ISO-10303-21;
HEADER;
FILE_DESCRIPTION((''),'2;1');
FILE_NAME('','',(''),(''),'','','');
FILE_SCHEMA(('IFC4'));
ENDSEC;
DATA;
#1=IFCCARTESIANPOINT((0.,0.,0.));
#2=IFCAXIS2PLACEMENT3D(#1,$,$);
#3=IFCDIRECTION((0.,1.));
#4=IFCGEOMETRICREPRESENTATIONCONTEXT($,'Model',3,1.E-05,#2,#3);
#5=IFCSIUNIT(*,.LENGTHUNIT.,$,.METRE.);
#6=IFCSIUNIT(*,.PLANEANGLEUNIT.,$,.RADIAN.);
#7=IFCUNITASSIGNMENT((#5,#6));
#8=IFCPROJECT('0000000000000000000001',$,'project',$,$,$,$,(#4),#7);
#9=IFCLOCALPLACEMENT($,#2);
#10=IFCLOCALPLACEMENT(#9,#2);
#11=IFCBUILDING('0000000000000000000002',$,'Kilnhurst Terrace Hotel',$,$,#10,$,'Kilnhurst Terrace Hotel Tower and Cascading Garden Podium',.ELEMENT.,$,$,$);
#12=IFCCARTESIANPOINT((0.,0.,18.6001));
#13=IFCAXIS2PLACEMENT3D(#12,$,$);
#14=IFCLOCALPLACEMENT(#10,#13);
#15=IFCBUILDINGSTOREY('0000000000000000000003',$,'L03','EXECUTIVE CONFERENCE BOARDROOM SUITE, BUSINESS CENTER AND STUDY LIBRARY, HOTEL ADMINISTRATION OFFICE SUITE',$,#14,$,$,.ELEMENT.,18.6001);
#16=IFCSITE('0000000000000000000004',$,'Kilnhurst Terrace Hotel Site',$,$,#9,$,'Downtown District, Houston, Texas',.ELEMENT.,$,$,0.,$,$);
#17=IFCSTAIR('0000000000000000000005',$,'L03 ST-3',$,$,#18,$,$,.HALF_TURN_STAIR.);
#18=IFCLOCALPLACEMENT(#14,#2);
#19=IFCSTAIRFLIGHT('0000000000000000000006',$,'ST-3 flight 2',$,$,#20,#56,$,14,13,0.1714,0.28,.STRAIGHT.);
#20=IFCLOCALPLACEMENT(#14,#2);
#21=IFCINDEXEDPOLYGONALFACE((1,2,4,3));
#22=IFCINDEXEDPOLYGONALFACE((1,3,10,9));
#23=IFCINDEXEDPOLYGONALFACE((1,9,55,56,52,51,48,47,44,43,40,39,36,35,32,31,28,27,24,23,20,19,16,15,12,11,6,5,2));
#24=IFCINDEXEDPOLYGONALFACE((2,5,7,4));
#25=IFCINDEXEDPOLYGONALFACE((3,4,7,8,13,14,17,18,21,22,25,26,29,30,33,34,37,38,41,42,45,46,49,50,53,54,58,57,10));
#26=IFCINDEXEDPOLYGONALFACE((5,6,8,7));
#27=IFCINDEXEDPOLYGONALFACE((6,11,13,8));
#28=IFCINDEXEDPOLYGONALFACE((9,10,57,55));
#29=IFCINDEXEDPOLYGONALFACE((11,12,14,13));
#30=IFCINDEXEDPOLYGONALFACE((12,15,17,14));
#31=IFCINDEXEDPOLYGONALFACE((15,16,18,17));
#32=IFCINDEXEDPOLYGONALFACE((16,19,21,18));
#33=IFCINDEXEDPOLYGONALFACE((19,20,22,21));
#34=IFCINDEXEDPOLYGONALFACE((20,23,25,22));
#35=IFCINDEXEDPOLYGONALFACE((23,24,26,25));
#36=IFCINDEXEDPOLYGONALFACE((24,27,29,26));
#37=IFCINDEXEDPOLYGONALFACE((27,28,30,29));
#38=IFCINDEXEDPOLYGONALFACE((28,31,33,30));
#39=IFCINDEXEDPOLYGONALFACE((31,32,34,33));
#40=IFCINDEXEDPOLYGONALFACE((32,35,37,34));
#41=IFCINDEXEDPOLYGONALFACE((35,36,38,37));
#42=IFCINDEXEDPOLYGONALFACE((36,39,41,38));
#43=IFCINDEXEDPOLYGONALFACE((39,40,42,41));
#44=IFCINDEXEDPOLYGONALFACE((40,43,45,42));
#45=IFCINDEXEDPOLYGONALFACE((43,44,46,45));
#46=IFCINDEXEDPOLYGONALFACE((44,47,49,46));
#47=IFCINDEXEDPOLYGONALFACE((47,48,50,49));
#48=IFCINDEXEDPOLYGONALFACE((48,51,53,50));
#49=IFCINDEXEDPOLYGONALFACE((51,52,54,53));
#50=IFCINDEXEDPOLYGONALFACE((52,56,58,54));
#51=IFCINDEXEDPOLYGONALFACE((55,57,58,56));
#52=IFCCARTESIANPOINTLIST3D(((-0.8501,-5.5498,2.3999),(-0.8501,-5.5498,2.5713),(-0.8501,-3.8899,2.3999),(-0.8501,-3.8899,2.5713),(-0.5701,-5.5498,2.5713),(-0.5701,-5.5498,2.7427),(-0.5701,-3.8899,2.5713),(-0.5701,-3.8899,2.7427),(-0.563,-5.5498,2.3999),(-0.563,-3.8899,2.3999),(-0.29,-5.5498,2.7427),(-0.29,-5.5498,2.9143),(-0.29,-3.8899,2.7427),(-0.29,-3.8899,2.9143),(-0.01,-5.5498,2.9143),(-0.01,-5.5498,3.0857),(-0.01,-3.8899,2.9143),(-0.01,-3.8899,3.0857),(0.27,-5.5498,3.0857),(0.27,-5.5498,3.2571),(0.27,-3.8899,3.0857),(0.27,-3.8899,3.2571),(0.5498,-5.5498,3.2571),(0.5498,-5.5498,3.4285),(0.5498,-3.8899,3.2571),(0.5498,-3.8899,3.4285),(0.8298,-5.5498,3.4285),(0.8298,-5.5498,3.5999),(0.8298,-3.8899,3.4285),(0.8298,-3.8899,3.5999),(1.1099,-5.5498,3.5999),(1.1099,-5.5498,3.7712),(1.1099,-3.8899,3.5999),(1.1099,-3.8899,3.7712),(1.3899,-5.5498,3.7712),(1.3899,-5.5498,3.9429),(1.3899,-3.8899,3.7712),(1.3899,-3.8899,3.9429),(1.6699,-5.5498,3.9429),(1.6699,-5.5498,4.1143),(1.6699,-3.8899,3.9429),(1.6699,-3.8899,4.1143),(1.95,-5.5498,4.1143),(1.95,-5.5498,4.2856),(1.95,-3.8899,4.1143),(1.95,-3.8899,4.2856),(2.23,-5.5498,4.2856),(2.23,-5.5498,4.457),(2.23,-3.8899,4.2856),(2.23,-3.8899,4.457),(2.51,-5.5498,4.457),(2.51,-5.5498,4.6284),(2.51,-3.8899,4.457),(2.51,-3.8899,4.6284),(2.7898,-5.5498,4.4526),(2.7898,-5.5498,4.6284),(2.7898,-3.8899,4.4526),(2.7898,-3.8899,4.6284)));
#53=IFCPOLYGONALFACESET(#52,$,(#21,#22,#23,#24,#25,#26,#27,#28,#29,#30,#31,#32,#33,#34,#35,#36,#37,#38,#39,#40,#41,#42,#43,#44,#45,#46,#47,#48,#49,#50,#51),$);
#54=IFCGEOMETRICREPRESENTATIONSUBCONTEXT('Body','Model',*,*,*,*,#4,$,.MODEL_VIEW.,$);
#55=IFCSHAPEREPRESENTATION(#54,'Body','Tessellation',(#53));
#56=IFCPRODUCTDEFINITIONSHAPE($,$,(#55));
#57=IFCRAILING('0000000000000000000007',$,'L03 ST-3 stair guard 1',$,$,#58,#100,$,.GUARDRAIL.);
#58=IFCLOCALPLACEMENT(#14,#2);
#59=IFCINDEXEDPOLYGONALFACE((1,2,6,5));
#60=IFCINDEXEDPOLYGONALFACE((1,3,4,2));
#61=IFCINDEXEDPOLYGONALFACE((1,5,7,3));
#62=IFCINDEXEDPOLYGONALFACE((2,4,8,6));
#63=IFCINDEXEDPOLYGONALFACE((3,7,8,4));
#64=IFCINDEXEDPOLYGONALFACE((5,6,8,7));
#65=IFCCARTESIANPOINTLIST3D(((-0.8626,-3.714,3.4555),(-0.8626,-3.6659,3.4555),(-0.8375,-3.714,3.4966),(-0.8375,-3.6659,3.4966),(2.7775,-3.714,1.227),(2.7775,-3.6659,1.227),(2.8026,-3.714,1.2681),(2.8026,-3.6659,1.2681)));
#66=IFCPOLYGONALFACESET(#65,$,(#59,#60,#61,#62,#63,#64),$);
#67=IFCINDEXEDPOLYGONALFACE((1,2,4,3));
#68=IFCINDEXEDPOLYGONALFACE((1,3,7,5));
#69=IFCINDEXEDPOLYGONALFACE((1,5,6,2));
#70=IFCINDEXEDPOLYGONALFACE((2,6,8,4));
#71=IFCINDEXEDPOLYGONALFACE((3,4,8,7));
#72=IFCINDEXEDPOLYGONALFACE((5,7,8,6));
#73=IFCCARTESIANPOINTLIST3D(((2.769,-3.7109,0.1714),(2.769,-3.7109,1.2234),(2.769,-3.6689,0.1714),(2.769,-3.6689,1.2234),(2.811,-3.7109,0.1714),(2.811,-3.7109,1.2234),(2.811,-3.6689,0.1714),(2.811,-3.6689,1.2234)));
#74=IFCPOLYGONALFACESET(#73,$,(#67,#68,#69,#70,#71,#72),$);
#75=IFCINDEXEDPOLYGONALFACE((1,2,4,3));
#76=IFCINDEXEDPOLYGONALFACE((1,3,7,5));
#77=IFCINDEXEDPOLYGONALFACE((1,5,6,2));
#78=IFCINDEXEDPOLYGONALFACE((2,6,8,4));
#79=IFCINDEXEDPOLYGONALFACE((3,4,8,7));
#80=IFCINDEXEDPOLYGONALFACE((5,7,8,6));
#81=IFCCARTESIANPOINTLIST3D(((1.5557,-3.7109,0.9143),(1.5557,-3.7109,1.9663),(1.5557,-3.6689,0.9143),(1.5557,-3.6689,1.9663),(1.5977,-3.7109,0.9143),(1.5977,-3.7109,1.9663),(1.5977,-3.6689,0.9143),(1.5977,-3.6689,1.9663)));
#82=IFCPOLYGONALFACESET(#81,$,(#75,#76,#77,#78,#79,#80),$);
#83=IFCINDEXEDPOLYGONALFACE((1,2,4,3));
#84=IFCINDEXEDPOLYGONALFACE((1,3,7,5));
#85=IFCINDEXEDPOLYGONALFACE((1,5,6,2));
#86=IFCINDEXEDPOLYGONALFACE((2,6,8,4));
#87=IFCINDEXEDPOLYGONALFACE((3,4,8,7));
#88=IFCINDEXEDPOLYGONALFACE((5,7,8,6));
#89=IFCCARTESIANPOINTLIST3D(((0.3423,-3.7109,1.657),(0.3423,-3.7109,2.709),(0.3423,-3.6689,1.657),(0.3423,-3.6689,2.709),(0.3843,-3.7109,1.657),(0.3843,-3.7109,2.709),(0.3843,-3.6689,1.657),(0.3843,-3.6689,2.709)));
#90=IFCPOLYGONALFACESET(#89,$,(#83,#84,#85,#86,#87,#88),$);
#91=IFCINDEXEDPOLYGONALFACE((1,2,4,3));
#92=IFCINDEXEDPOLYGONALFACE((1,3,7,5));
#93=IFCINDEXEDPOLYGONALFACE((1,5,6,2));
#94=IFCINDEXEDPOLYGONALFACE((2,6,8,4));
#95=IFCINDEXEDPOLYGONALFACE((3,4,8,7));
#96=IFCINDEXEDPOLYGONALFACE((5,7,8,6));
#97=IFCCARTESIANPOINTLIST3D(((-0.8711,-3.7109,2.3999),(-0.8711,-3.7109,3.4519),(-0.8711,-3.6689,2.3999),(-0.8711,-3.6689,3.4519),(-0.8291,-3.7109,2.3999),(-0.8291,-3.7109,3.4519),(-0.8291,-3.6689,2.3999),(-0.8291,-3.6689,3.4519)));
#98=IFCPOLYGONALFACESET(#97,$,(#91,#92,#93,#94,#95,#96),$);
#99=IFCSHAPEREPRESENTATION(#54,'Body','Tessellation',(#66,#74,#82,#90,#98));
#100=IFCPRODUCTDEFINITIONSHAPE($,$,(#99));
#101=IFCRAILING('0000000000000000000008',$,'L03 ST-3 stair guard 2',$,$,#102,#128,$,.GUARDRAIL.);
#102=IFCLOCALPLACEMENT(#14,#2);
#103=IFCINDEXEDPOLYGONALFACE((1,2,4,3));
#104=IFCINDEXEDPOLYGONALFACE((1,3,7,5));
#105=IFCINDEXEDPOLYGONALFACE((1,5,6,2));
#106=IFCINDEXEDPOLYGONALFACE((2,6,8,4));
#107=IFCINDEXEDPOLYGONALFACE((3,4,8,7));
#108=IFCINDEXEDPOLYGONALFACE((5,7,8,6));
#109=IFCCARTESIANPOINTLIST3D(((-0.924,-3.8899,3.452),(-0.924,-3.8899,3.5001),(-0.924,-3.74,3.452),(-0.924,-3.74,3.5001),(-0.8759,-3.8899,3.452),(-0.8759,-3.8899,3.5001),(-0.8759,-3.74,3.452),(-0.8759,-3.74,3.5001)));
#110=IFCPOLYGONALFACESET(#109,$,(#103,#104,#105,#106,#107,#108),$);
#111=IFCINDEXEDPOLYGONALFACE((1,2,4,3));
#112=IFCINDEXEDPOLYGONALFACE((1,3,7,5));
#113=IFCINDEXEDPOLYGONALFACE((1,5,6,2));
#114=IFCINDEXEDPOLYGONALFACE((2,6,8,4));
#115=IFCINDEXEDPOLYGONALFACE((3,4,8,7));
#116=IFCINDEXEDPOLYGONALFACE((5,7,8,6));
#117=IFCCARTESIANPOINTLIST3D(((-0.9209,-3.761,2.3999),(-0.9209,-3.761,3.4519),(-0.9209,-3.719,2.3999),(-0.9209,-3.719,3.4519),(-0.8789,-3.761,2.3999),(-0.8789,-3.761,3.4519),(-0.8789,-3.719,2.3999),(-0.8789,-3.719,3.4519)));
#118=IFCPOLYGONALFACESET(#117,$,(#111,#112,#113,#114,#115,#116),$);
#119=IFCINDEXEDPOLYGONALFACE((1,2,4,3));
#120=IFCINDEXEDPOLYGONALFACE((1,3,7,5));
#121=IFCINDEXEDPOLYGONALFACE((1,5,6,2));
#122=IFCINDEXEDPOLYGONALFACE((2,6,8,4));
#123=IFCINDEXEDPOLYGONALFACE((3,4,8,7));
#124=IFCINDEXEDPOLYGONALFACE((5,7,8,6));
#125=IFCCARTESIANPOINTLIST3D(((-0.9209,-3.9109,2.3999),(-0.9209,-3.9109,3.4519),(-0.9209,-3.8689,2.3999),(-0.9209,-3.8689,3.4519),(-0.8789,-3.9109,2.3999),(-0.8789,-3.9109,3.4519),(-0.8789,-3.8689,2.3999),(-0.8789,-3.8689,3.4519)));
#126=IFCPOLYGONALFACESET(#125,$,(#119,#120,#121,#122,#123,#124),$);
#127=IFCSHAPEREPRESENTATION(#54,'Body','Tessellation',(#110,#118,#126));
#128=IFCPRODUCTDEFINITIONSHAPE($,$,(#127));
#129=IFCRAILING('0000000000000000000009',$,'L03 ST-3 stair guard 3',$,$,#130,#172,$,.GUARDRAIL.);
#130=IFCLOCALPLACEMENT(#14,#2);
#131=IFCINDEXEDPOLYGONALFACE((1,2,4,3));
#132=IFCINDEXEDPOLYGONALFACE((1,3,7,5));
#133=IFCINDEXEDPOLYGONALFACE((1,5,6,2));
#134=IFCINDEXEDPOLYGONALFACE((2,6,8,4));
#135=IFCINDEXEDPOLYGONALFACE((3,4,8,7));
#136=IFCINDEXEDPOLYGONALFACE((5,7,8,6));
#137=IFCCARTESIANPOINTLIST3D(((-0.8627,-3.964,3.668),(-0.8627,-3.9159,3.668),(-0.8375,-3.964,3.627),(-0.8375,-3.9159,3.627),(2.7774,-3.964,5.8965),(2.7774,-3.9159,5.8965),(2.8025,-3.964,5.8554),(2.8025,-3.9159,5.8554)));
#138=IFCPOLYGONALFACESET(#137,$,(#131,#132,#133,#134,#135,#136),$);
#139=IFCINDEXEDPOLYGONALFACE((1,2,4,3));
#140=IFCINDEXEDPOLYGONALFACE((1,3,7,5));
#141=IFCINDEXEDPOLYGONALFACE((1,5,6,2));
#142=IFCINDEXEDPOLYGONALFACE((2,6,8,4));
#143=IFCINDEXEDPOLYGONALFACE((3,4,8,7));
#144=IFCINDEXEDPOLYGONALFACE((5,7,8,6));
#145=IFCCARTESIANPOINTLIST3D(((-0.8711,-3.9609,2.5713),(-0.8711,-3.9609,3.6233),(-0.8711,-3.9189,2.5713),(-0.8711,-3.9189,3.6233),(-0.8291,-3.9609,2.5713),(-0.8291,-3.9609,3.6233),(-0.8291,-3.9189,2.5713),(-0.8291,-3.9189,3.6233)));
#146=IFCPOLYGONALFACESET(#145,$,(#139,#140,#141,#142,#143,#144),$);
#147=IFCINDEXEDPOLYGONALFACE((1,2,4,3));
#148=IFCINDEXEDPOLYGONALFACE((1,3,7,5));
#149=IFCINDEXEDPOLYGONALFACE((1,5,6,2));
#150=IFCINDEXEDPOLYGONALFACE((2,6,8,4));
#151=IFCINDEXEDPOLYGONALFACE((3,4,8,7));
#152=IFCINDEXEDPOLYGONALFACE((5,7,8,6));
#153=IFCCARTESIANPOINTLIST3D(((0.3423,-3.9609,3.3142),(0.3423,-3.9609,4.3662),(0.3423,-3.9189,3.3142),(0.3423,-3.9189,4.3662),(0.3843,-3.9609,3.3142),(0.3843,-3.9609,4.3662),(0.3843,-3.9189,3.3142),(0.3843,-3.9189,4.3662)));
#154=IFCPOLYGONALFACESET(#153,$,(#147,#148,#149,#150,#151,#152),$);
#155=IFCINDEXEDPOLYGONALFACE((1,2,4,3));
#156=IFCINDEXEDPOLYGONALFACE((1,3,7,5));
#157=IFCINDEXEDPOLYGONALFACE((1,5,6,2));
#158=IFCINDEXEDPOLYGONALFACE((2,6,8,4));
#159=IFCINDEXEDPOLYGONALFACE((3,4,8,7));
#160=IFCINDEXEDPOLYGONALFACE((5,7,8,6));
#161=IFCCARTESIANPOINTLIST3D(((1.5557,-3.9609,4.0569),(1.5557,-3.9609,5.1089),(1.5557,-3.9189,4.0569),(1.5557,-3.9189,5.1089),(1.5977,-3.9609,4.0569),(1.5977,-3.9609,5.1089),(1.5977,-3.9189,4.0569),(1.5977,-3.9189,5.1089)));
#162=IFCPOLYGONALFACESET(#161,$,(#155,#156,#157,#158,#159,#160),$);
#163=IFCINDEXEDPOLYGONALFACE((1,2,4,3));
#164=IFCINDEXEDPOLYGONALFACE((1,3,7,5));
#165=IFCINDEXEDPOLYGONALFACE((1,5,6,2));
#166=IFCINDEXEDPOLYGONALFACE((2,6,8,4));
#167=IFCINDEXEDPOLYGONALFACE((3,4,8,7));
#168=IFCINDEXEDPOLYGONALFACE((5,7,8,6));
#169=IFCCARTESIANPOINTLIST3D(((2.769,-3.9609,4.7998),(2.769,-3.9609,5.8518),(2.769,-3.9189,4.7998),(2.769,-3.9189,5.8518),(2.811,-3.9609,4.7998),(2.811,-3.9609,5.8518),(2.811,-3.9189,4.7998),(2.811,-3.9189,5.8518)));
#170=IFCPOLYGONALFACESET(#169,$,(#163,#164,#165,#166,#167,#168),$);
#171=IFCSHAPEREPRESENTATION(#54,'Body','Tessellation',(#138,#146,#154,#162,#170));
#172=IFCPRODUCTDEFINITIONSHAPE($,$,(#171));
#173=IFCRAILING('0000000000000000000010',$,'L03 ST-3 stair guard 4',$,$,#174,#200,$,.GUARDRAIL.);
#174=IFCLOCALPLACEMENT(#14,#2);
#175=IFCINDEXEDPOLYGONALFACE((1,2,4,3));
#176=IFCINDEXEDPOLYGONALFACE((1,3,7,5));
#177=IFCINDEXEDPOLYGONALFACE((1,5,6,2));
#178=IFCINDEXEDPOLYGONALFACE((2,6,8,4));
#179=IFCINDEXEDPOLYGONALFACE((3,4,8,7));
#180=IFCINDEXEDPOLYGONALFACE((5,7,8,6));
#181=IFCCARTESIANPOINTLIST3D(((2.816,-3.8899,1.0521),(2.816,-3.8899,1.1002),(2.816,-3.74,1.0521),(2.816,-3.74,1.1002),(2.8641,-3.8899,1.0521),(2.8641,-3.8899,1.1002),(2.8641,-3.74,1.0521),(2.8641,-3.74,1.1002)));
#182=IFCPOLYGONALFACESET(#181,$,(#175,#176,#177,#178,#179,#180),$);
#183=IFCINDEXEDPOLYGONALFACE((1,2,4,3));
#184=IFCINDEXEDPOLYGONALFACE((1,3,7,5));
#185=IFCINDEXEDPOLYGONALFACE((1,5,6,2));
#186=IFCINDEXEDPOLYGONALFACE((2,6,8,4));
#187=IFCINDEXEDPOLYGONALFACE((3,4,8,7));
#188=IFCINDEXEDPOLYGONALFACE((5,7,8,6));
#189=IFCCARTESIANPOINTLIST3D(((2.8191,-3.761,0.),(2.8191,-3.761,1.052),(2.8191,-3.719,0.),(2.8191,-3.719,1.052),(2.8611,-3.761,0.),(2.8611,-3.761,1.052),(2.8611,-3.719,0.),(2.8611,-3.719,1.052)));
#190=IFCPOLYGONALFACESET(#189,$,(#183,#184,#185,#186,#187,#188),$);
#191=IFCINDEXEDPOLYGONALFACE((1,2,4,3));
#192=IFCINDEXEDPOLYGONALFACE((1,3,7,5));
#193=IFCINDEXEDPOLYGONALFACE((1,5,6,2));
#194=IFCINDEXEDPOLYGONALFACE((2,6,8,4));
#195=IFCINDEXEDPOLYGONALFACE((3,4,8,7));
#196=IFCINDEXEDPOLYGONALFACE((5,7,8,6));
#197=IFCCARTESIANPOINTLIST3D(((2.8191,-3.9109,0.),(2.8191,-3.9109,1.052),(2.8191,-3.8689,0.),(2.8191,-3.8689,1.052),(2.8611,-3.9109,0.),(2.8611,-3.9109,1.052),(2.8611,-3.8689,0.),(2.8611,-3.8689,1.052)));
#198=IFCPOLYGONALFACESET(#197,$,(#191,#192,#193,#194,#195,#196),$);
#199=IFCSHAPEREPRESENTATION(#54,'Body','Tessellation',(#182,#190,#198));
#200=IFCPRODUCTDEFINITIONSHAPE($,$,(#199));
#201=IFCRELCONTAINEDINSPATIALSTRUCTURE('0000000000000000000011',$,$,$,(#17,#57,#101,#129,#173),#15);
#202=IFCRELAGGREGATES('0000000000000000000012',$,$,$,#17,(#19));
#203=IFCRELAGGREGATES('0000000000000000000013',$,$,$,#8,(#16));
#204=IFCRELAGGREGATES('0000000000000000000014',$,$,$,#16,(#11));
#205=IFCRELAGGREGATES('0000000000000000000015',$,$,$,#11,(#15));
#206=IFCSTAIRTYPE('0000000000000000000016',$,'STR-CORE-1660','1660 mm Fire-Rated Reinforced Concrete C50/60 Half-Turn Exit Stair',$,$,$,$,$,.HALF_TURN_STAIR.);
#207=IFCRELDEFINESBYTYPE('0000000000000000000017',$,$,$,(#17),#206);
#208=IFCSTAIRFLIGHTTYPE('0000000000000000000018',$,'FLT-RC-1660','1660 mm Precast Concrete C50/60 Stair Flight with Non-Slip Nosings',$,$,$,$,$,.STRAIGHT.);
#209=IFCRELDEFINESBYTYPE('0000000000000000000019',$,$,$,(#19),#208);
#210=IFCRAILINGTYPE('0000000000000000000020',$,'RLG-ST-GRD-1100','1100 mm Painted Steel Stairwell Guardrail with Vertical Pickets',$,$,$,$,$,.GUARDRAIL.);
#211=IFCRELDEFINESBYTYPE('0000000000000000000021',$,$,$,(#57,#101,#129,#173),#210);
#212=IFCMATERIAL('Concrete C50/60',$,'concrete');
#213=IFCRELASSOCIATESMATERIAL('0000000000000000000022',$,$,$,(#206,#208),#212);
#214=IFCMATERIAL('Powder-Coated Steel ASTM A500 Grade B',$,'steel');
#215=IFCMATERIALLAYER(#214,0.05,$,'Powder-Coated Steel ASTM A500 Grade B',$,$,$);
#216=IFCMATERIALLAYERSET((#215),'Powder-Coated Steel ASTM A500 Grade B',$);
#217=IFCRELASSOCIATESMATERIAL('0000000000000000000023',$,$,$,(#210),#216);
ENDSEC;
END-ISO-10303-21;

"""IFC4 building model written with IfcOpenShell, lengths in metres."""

from ifc_helpers import new_model, si_unit, direction, frame, origin, origin_2d, place, context, subcontext, project, spatial, polyline, rectangle, outline, extrude, material, layer, layer_set, type_object, element, aggregate, save


model = new_model("IFC4")

# Units and contexts
model_context = context("Model", 3, precision=1e-05, world=origin(), true_north=direction((0.0, 1.0)))
body_context = subcontext(model_context, "Body", "Model", "MODEL_VIEW")
ifc_project = project(units=[si_unit("LENGTHUNIT", "METRE"), si_unit("PLANEANGLEUNIT", "RADIAN")], contexts=[model_context])

# Site, building, storey
site_placement = place(None, origin())
site = spatial("IfcSite", under=ifc_project, at=site_placement, Name="Kilnhurst Terrace Hotel Site", LongName="Downtown District, Houston, Texas", CompositionType="ELEMENT", RefElevation=0.0)
building_placement = place(site_placement, origin())
building = spatial("IfcBuilding", under=site, at=building_placement, Name="Kilnhurst Terrace Hotel", LongName="Kilnhurst Terrace Hotel Tower and Cascading Garden Podium", CompositionType="ELEMENT")
storey_placement = place(building_placement, frame((0.0, 0.0, 18.6001)))
storey = spatial("IfcBuildingStorey", under=building, at=storey_placement, Name="L03", Description="EXECUTIVE CONFERENCE BOARDROOM SUITE, BUSINESS CENTER AND STUDY LIBRARY, HOTEL ADMINISTRATION OFFICE SUITE", CompositionType="ELEMENT", Elevation=18.6001)

# Shared definitions
ifc_material_1 = material(Name="Concrete C50/60", Category="concrete")

# Stair, stair flight
stair_type = type_object("IfcStairType", Name="STR-CORE-1660", Description="1660 mm Fire-Rated Reinforced Concrete C50/60 Half-Turn Exit Stair", PredefinedType="HALF_TURN_STAIR", material=ifc_material_1)
stair_placement = place(storey_placement, origin())
stair = element("IfcStair", 1, at=stair_placement, inside=storey, type_object=stair_type, Name="L03 ST-3", PredefinedType="HALF_TURN_STAIR")
stair_flight_type = type_object("IfcStairFlightType", Name="FLT-RC-1660", Description="1660 mm Precast Concrete C50/60 Stair Flight with Non-Slip Nosings", PredefinedType="STRAIGHT", material=ifc_material_1)
stair_flight_placement = place(storey_placement, frame((-0.8501, -4.72, 2.3999), z_axis=(0.0, 0.0, 1.0), x_axis=(1.0, 0.0, 0.0)))
stair_flight = element("IfcStairFlight", 2, at=stair_flight_placement, type_object=stair_flight_type, Name="ST-3 flight 2", NumberOfRisers=14, NumberOfTreads=13, PredefinedType="STRAIGHT", RiserHeight=0.1714, TreadLength=0.28, context=body_context, shape_type="SweptSolid", body=[
    extrude(outline(polyline([(0.0, 0.0), (0.0, 0.1714), (0.28, 0.1714), (0.28, 0.3428), (0.5601, 0.3428), (0.5601, 0.5144), (0.8401, 0.5144), (0.8401, 0.6858), (1.1201, 0.6858), (1.1201, 0.8572), (1.3999, 0.8572), (1.3999, 1.0286), (1.6799, 1.0286), (1.6799, 1.2), (1.96, 1.2), (1.96, 1.3713), (2.24, 1.3713), (2.24, 1.543), (2.52, 1.543), (2.52, 1.7144), (2.8, 1.7144), (2.8, 1.8857), (3.0801, 1.8857), (3.0801, 2.0571), (3.3601, 2.0571), (3.3601, 2.2285), (3.6399, 2.2285), (3.6399, 2.3999), (3.6399, 2.0527), (0.2871, 0.0), (0.0, 0.0)])), frame((0.0, 0.8301, 0.0), z_axis=(0.0, -1.0, 0.0), x_axis=(1.0, 0.0, 0.0)), (0.0, 0.0, 1.0), 1.6599),
])
aggregate(stair, [stair_flight])

# Railings
ifc_material_2 = material(Name="Powder-Coated Steel ASTM A500 Grade B", Category="steel")
ifc_layer_1 = layer(ifc_material_2, 0.05, Name="Powder-Coated Steel ASTM A500 Grade B")
ifc_layer_set_1 = layer_set([ifc_layer_1], Name="Powder-Coated Steel ASTM A500 Grade B")
railing_type_1 = type_object("IfcRailingType", Name="RLG-ST-GRD-1100", Description="1100 mm Painted Steel Stairwell Guardrail with Vertical Pickets", PredefinedType="GUARDRAIL", material=ifc_layer_set_1)
railing_1_placement = place(storey_placement, frame((2.79, -3.6899, 0.1714)))
element("IfcRailing", 3, at=railing_1_placement, inside=storey, type_object=railing_type_1, Name="L03 ST-3 stair guard 1", PredefinedType="GUARDRAIL", context=body_context, shape_type="SweptSolid", body=[
    extrude(rectangle(XDim=0.0481, YDim=0.0481, at=origin_2d()), frame((0.0, 0.0, 1.0762), z_axis=(-0.852866, 0.0, 0.52213), x_axis=(0.0, -1.0, 0.0)), (0.0, 0.0, 1.0), 4.2681),
    extrude(rectangle(XDim=0.042, YDim=0.042, at=origin_2d()), origin(), (0.0, 0.0, 1.0), 1.052),
    extrude(rectangle(XDim=0.042, YDim=0.042, at=origin_2d()), frame((-1.2134, 0.0, 0.7429)), (0.0, 0.0, 1.0), 1.052),
    extrude(rectangle(XDim=0.042, YDim=0.042, at=origin_2d()), frame((-2.4268, 0.0, 1.4856)), (0.0, 0.0, 1.0), 1.052),
    extrude(rectangle(XDim=0.042, YDim=0.042, at=origin_2d()), frame((-3.6401, 0.0, 2.2285)), (0.0, 0.0, 1.0), 1.052),
])
railing_2_placement = place(storey_placement, frame((-0.8999, -3.74, 2.3999)))
element("IfcRailing", 4, at=railing_2_placement, inside=storey, type_object=railing_type_1, Name="L03 ST-3 stair guard 2", PredefinedType="GUARDRAIL", context=body_context, shape_type="SweptSolid", body=[
    extrude(rectangle(XDim=0.0481, YDim=0.0481, at=origin_2d()), frame((0.0, 0.0, 1.0762), z_axis=(0.0, -1.0, 0.0), x_axis=(1.0, 0.0, 0.0)), (0.0, 0.0, 1.0), 0.1499),
    extrude(rectangle(XDim=0.042, YDim=0.042, at=origin_2d()), origin(), (0.0, 0.0, 1.0), 1.052),
    extrude(rectangle(XDim=0.042, YDim=0.042, at=origin_2d()), frame((0.0, -0.1499, 0.0)), (0.0, 0.0, 1.0), 1.052),
])
railing_3_placement = place(storey_placement, frame((-0.8501, -3.9399, 2.5713)))
element("IfcRailing", 5, at=railing_3_placement, inside=storey, type_object=railing_type_1, Name="L03 ST-3 stair guard 3", PredefinedType="GUARDRAIL", context=body_context, shape_type="SweptSolid", body=[
    extrude(rectangle(XDim=0.0481, YDim=0.0481, at=origin_2d()), frame((0.0, 0.0, 1.0762), z_axis=(0.852866, 0.0, 0.52213), x_axis=(0.0, 1.0, 0.0)), (0.0, 0.0, 1.0), 4.2681),
    extrude(rectangle(XDim=0.042, YDim=0.042, at=origin_2d()), origin(), (0.0, 0.0, 1.0), 1.052),
    extrude(rectangle(XDim=0.042, YDim=0.042, at=origin_2d()), frame((1.2134, 0.0, 0.7429)), (0.0, 0.0, 1.0), 1.052),
    extrude(rectangle(XDim=0.042, YDim=0.042, at=origin_2d()), frame((2.4268, 0.0, 1.4856)), (0.0, 0.0, 1.0), 1.052),
    extrude(rectangle(XDim=0.042, YDim=0.042, at=origin_2d()), frame((3.6401, 0.0, 2.2285)), (0.0, 0.0, 1.0), 1.052),
])
railing_4_placement = place(storey_placement, frame((2.8401, -3.74, 0.0)))
element("IfcRailing", 6, at=railing_4_placement, inside=storey, type_object=railing_type_1, Name="L03 ST-3 stair guard 4", PredefinedType="GUARDRAIL", context=body_context, shape_type="SweptSolid", body=[
    extrude(rectangle(XDim=0.0481, YDim=0.0481, at=origin_2d()), frame((0.0, 0.0, 1.0762), z_axis=(0.0, -1.0, 0.0), x_axis=(1.0, 0.0, 0.0)), (0.0, 0.0, 1.0), 0.1499),
    extrude(rectangle(XDim=0.042, YDim=0.042, at=origin_2d()), origin(), (0.0, 0.0, 1.0), 1.052),
    extrude(rectangle(XDim=0.042, YDim=0.042, at=origin_2d()), frame((0.0, -0.1499, 0.0)), (0.0, 0.0, 1.0), 1.052),
])

save(model, "model.ifc")
